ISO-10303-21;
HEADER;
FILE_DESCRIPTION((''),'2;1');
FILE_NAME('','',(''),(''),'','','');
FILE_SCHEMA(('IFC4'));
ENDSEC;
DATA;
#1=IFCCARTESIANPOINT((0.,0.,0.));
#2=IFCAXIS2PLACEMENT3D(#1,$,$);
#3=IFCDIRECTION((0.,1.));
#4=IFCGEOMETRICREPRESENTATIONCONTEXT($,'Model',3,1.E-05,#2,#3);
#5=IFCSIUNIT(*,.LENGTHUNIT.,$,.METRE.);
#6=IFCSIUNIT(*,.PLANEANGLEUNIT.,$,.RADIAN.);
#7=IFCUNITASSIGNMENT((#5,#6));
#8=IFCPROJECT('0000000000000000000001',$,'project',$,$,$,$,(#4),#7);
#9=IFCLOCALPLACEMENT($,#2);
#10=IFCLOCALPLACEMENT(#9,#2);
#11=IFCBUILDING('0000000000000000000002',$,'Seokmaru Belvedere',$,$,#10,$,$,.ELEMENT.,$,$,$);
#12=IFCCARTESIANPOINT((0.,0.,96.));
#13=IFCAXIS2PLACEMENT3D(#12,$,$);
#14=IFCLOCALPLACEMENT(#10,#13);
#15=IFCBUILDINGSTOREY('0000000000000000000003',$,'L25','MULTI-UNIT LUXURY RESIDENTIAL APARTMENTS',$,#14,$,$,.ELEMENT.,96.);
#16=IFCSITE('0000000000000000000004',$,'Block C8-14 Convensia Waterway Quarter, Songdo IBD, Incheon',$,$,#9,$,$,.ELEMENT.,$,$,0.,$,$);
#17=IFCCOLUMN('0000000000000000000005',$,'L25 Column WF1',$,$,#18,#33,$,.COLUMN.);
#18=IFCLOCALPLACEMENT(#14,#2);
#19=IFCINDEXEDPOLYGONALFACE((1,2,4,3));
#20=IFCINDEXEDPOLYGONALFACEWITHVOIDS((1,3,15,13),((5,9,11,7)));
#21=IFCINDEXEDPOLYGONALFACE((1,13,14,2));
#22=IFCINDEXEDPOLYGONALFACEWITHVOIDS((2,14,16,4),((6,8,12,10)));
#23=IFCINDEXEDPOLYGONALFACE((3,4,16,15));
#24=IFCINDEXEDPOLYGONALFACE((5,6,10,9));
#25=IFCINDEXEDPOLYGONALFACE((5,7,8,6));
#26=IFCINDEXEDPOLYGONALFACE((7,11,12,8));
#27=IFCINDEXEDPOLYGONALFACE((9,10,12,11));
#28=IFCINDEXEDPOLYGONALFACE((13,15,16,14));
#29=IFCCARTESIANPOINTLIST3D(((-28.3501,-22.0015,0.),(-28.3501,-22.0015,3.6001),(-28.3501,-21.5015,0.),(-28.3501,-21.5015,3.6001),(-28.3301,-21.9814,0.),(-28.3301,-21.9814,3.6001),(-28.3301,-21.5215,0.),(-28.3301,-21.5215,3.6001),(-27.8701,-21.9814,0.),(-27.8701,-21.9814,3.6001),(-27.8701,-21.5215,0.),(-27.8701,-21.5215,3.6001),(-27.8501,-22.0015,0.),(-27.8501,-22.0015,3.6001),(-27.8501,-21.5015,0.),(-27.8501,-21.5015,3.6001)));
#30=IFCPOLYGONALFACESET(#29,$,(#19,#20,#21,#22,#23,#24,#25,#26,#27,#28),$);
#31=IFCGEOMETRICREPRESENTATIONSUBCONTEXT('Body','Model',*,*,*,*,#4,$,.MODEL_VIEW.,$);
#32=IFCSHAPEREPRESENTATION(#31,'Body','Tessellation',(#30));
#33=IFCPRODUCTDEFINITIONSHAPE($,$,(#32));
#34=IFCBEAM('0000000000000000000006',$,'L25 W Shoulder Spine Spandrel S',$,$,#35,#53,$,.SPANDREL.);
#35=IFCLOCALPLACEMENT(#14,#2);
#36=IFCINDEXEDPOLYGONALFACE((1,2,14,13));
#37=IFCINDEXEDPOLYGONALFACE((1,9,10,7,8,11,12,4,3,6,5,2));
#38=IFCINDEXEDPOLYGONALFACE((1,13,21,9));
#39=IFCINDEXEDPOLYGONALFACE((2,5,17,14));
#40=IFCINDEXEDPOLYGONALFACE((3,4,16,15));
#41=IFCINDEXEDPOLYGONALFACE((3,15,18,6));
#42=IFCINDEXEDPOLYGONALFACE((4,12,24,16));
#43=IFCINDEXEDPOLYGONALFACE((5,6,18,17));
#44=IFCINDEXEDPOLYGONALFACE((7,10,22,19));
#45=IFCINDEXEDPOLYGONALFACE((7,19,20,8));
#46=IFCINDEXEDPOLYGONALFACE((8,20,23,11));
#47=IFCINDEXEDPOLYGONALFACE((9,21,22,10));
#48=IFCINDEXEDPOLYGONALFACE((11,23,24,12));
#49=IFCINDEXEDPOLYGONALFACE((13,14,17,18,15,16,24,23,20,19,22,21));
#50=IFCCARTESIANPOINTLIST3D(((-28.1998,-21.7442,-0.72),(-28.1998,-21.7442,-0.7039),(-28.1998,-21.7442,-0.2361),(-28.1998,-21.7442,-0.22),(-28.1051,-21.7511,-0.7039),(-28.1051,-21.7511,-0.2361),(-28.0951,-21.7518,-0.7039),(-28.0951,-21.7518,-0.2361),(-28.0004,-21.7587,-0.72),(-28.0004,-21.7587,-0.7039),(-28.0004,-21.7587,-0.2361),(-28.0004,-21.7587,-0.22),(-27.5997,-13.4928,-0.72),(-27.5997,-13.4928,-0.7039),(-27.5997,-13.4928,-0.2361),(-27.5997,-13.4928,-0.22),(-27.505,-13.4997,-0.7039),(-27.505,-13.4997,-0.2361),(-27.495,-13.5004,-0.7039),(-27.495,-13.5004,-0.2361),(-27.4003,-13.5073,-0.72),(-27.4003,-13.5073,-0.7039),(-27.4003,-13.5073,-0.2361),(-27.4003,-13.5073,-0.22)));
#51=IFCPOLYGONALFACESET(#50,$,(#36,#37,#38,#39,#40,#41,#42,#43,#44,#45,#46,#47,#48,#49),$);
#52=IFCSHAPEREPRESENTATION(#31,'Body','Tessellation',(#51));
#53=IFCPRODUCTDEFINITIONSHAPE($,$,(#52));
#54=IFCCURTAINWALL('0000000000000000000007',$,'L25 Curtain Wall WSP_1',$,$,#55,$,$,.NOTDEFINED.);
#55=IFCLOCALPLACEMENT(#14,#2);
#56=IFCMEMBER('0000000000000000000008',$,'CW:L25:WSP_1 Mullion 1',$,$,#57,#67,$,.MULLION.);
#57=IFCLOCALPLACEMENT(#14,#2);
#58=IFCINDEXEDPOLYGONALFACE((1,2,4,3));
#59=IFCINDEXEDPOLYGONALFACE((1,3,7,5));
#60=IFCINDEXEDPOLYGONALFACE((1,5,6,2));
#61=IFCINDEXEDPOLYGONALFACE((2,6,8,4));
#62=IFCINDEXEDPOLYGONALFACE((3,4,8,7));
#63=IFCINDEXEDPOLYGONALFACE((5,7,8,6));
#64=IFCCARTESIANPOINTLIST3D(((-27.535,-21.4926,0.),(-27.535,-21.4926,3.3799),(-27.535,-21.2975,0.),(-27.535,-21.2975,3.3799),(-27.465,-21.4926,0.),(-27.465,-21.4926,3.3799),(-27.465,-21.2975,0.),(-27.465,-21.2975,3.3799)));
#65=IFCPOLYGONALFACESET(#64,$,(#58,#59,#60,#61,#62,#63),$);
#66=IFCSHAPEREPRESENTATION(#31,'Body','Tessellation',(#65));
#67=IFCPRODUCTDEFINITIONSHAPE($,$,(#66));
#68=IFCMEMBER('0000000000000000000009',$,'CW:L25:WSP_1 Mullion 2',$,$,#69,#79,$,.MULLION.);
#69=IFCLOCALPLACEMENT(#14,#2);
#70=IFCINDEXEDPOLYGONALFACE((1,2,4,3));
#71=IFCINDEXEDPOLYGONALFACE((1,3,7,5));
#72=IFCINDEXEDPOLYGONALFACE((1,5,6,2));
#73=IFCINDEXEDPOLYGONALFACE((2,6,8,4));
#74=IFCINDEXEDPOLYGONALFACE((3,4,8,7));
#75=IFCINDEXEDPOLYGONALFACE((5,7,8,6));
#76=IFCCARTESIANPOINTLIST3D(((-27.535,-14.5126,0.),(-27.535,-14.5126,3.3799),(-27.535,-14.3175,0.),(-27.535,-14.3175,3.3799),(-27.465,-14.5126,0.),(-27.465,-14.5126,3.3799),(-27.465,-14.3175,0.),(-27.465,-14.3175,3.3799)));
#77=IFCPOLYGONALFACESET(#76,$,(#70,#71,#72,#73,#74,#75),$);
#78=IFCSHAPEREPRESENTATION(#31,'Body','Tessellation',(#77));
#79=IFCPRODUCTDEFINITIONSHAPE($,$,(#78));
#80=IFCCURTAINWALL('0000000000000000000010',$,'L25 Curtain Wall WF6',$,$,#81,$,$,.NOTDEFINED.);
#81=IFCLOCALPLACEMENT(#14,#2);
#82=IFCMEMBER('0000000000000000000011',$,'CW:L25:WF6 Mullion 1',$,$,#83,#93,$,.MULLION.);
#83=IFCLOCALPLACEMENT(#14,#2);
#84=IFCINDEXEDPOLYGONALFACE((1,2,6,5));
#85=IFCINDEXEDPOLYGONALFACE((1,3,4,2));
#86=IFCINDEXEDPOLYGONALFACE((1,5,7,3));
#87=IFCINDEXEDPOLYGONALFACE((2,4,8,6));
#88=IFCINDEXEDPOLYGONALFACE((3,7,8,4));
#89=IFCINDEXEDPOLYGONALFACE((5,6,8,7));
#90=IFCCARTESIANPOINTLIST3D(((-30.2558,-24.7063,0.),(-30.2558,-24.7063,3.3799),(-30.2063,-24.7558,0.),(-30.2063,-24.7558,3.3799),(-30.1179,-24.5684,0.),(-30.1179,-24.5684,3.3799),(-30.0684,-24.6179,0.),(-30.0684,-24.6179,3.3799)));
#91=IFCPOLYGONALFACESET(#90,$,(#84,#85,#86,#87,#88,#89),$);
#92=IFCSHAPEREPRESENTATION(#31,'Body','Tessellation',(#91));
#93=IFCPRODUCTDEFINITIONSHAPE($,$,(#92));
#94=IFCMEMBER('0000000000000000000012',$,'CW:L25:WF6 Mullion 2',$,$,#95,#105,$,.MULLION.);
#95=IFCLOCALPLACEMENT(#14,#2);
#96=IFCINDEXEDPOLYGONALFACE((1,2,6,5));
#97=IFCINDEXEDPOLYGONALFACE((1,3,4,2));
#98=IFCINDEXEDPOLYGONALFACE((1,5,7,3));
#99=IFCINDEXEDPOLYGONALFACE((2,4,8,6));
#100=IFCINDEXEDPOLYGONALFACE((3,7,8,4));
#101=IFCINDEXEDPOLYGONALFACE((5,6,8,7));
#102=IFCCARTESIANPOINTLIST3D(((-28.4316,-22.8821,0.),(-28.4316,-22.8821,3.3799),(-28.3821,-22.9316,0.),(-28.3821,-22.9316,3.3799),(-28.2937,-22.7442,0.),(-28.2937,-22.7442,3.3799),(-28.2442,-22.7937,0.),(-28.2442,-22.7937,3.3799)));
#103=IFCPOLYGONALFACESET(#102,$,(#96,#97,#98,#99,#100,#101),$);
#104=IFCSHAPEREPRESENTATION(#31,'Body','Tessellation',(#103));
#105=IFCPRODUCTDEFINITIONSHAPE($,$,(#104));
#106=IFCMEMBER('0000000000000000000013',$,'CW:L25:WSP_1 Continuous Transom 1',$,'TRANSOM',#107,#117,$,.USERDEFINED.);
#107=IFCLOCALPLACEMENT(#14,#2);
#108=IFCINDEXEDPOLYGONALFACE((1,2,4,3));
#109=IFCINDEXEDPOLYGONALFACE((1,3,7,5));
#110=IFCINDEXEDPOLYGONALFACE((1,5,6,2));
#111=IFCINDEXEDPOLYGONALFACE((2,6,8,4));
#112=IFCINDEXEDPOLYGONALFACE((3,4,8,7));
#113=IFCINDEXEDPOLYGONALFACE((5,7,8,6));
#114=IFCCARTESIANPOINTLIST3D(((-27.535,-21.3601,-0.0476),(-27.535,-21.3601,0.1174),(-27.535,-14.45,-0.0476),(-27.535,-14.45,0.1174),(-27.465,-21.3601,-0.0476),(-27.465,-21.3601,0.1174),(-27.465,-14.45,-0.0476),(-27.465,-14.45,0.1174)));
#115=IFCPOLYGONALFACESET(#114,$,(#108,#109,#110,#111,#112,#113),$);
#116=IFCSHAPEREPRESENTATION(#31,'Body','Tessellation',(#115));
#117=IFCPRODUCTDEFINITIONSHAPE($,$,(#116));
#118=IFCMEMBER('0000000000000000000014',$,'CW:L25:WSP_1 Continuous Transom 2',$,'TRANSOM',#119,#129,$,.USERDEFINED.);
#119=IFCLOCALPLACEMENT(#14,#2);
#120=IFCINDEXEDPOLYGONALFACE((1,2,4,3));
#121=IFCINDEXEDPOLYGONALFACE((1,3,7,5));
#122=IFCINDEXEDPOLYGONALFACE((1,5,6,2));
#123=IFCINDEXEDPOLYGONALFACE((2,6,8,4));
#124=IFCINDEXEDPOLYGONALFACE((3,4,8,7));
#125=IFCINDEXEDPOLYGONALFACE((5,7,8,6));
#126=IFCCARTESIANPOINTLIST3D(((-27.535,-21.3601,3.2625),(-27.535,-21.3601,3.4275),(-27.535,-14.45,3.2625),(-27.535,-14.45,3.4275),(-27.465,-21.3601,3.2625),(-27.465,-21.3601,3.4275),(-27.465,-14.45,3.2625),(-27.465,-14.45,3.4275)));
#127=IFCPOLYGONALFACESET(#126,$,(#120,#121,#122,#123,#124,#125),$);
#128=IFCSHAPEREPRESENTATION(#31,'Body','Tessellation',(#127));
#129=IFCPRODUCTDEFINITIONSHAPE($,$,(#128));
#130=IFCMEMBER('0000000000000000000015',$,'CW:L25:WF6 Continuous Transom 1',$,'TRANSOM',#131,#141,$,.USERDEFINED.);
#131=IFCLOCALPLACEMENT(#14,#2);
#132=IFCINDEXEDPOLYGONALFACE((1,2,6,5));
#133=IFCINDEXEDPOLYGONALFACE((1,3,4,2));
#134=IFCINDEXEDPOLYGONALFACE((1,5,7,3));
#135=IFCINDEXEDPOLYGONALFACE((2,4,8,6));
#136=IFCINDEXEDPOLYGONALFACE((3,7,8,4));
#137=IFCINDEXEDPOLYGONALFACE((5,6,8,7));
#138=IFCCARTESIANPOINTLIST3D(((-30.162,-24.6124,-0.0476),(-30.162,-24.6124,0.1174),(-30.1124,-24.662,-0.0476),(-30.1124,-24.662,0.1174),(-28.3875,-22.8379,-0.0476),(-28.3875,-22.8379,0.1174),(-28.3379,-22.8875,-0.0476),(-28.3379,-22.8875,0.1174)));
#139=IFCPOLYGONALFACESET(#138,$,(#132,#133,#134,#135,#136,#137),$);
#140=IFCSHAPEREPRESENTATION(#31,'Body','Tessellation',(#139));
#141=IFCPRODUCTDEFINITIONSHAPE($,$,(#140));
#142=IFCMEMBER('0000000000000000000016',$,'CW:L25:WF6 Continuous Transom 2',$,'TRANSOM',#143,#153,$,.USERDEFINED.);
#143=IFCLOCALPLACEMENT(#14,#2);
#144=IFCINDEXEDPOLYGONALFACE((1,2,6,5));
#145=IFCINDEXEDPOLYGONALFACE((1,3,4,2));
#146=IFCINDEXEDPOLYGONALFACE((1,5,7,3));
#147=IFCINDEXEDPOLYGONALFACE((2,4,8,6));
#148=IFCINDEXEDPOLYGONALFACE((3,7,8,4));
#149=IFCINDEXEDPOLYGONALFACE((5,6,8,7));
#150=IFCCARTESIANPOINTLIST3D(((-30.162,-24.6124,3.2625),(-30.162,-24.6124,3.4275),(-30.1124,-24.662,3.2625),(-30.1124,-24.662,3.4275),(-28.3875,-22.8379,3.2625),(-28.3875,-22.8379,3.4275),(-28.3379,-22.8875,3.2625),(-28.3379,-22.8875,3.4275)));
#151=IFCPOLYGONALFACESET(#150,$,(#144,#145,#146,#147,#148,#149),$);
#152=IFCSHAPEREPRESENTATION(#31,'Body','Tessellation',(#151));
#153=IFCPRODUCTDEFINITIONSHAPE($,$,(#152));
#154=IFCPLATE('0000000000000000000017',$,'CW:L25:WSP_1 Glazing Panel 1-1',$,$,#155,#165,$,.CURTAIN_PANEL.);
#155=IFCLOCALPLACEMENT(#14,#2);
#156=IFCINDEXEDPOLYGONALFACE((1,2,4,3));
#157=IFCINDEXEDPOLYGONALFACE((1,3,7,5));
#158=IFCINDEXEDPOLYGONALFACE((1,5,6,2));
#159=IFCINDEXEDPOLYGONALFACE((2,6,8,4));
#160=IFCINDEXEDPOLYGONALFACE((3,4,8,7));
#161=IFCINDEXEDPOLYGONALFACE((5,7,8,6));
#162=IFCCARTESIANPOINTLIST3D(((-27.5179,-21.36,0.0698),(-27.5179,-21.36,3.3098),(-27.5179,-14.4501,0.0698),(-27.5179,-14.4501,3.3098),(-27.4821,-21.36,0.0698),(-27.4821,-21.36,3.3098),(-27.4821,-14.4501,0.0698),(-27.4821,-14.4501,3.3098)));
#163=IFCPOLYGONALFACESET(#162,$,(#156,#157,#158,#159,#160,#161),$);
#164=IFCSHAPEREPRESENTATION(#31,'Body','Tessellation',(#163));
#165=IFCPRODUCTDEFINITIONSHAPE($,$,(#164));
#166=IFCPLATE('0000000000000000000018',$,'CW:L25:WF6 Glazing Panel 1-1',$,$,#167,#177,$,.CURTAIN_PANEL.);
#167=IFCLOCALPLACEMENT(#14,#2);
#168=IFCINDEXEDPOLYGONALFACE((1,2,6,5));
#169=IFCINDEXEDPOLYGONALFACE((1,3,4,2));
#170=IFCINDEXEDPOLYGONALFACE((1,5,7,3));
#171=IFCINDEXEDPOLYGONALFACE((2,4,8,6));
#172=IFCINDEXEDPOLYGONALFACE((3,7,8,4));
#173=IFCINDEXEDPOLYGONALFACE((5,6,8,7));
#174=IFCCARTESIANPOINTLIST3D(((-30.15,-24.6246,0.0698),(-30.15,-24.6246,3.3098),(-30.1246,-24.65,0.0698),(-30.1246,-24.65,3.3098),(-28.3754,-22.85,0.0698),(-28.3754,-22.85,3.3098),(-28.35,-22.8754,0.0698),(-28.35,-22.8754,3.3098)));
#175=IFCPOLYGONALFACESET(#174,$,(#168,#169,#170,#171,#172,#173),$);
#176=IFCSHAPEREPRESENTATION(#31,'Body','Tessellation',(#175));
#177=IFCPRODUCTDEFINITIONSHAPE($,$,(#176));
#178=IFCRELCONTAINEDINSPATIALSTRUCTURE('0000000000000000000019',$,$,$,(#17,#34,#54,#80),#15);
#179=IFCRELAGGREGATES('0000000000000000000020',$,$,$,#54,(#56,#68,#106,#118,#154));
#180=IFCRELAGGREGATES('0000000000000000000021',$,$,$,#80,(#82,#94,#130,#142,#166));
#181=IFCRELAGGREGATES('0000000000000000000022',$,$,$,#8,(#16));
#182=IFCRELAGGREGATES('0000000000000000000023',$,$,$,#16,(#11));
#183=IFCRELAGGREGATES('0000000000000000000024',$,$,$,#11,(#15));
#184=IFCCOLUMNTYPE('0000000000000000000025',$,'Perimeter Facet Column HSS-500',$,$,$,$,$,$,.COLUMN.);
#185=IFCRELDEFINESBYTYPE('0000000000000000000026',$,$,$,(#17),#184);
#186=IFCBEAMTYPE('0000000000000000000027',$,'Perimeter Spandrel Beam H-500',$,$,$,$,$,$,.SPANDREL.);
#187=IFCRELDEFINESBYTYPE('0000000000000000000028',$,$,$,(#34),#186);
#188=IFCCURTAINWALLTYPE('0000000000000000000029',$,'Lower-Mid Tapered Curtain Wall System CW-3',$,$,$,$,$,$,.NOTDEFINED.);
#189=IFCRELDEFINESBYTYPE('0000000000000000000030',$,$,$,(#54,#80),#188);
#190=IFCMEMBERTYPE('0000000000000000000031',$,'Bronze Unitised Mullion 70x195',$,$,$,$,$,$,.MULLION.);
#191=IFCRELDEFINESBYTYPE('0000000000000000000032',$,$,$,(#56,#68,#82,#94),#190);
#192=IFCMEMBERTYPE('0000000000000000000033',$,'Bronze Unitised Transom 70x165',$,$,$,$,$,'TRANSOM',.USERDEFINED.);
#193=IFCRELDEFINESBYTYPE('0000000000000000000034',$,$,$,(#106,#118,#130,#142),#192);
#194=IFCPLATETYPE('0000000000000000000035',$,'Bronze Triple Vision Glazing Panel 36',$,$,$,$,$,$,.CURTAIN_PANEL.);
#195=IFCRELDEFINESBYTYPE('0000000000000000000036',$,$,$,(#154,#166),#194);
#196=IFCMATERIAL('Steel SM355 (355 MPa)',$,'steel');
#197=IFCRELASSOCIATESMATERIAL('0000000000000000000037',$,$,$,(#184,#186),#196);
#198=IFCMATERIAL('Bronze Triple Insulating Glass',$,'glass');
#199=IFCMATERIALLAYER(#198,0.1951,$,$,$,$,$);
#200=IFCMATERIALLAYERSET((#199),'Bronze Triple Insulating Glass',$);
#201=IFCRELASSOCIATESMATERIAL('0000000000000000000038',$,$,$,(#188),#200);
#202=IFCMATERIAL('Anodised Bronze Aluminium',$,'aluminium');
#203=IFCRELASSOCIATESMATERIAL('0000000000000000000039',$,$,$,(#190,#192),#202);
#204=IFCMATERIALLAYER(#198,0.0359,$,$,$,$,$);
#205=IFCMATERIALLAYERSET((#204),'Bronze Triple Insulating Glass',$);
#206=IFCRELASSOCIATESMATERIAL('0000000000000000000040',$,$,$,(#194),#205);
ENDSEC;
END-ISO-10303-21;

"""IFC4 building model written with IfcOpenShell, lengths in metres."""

from ifc_helpers import new_model, si_unit, direction, frame, origin, origin_2d, place, context, subcontext, project, spatial, rectangle, hollow_rectangle, i_section, extrude, source, transform, mapped, material, layer, layer_set, material_profile, profile_set, type_object, type_shapes, element, aggregate, save


model = new_model("IFC4")

# Units and contexts
model_context = context("Model", 3, precision=1e-05, world=origin(), true_north=direction((0.0, 1.0)))
body_context = subcontext(model_context, "Body", "Model", "MODEL_VIEW")
ifc_project = project(units=[si_unit("LENGTHUNIT", "METRE"), si_unit("PLANEANGLEUNIT", "RADIAN")], contexts=[model_context])

# Site, building, storey
site_placement = place(None, origin())
site = spatial("IfcSite", under=ifc_project, at=site_placement, Name="Block C8-14 Convensia Waterway Quarter, Songdo IBD, Incheon", CompositionType="ELEMENT", RefElevation=0.0)
building_placement = place(site_placement, origin())
building = spatial("IfcBuilding", under=site, at=building_placement, Name="Seokmaru Belvedere", CompositionType="ELEMENT")
storey_placement = place(building_placement, frame((0.0, 0.0, 96.0)))
storey = spatial("IfcBuildingStorey", under=building, at=storey_placement, Name="L25", Description="MULTI-UNIT LUXURY RESIDENTIAL APARTMENTS", CompositionType="ELEMENT", Elevation=96.0)

# Column
ifc_material_1 = material(Name="Steel SM355 (355 MPa)", Category="steel")
ifc_material_profile_1 = material_profile(ifc_material_1, hollow_rectangle(XDim=0.5, YDim=0.5, WallThickness=0.02, at=origin_2d()), Name="HSS-500x500x20")
ifc_profile_set_1 = profile_set([ifc_material_profile_1], Name="Steel SM355 (355 MPa)")
column_type = type_object("IfcColumnType", Name="Perimeter Facet Column HSS-500", PredefinedType="COLUMN", material=ifc_profile_set_1)
shared_shape_1 = source(origin(), body_context, "Body", "SweptSolid", [
    extrude(hollow_rectangle(XDim=0.5, YDim=0.5, WallThickness=0.02, at=origin_2d()), origin(), (0.0, 0.0, 1.0), 3.6001),
])
type_shapes(column_type, [shared_shape_1])
column_placement = place(storey_placement, frame((-28.1001, -21.7515, 0.0), z_axis=(0.0, 0.0, 1.0), x_axis=(1.0, 0.0, 0.0)))
element("IfcColumn", 1, at=column_placement, inside=storey, type_object=column_type, Name="L25 Column WF1", PredefinedType="COLUMN", context=body_context, shape_type="MappedRepresentation", body=[
    mapped(shared_shape_1, transform((0.0, 0.0, 0.0), scale=1.0)),
])

# Beam
ifc_material_profile_2 = material_profile(ifc_material_1, i_section(OverallWidth=0.2, OverallDepth=0.5, WebThickness=0.01, FlangeThickness=0.0161, at=origin_2d()), Name="H-500x200x10x16")
ifc_profile_set_2 = profile_set([ifc_material_profile_2], Name="Steel SM355 (355 MPa)")
beam_type = type_object("IfcBeamType", Name="Perimeter Spandrel Beam H-500", PredefinedType="SPANDREL", material=ifc_profile_set_2)
shared_shape_2 = source(origin(), body_context, "Body", "SweptSolid", [
    extrude(i_section(OverallWidth=0.2, OverallDepth=0.5, WebThickness=0.01, FlangeThickness=0.0161, at=origin_2d()), origin(), (0.0, 0.0, 1.0), 8.2732),
])
type_shapes(beam_type, [shared_shape_2])
beam_placement = place(storey_placement, frame((-28.1001, -21.7515, -0.47), z_axis=(0.072535, 0.997366, 0.0), x_axis=(-0.997366, 0.072535, 0.0)))
element("IfcBeam", 2, at=beam_placement, inside=storey, type_object=beam_type, Name="L25 W Shoulder Spine Spandrel S", PredefinedType="SPANDREL", context=body_context, shape_type="MappedRepresentation", body=[
    mapped(shared_shape_2, transform((0.0, 0.0, 0.0), scale=1.0)),
])

# Curtain walls, members
ifc_material_2 = material(Name="Bronze Triple Insulating Glass", Category="glass")
ifc_layer_1 = layer(ifc_material_2, 0.1951)
ifc_layer_set_1 = layer_set([ifc_layer_1], Name="Bronze Triple Insulating Glass")
curtain_wall_type = type_object("IfcCurtainWallType", Name="Lower-Mid Tapered Curtain Wall System CW-3", PredefinedType="NOTDEFINED", material=ifc_layer_set_1)
curtain_wall_1_placement = place(storey_placement, origin())
curtain_wall_1 = element("IfcCurtainWall", 3, at=curtain_wall_1_placement, inside=storey, type_object=curtain_wall_type, Name="L25 Curtain Wall WSP_1", PredefinedType="NOTDEFINED")
ifc_material_3 = material(Name="Anodised Bronze Aluminium", Category="aluminium")
ifc_material_profile_3 = material_profile(ifc_material_3, rectangle(XDim=0.0701, YDim=0.1951, at=origin_2d()), Name="CW-M-70x195")
ifc_profile_set_3 = profile_set([ifc_material_profile_3], Name="Anodised Bronze Aluminium")
member_type_1 = type_object("IfcMemberType", Name="Bronze Unitised Mullion 70x195", PredefinedType="MULLION", material=ifc_profile_set_3)
shared_shape_3 = source(origin(), body_context, "Body", "SweptSolid", [
    extrude(rectangle(XDim=0.0701, YDim=0.1951, at=origin_2d()), origin(), (0.0, 0.0, 1.0), 3.3799),
])
type_shapes(member_type_1, [shared_shape_3])
member_1_placement = place(storey_placement, frame((-27.5, -21.395, 0.0), z_axis=(0.0, 0.0, 1.0), x_axis=(-1.0, 0.0, 0.0)))
member_1 = element("IfcMember", 4, at=member_1_placement, type_object=member_type_1, Name="CW:L25:WSP_1 Mullion 1", PredefinedType="MULLION", context=body_context, shape_type="MappedRepresentation", body=[
    mapped(shared_shape_3, transform((0.0, 0.0, 0.0), scale=1.0)),
])
member_2_placement = place(storey_placement, frame((-27.5, -14.415, 0.0), z_axis=(0.0, 0.0, 1.0), x_axis=(-1.0, 0.0, 0.0)))
member_2 = element("IfcMember", 5, at=member_2_placement, type_object=member_type_1, Name="CW:L25:WSP_1 Mullion 2", PredefinedType="MULLION", context=body_context, shape_type="MappedRepresentation", body=[
    mapped(shared_shape_3, transform((0.0, 0.0, 0.0), scale=1.0)),
])
curtain_wall_2_placement = place(storey_placement, origin())
curtain_wall_2 = element("IfcCurtainWall", 6, at=curtain_wall_2_placement, inside=storey, type_object=curtain_wall_type, Name="L25 Curtain Wall WF6", PredefinedType="NOTDEFINED")
member_3_placement = place(storey_placement, frame((-30.1621, -24.6621, 0.0), z_axis=(0.0, 0.0, 1.0), x_axis=(-0.707107, 0.707107, 0.0)))
member_3 = element("IfcMember", 7, at=member_3_placement, type_object=member_type_1, Name="CW:L25:WF6 Mullion 1", PredefinedType="MULLION", context=body_context, shape_type="MappedRepresentation", body=[
    mapped(shared_shape_3, transform((0.0, 0.0, 0.0), scale=1.0)),
])
member_4_placement = place(storey_placement, frame((-28.3379, -22.8379, 0.0), z_axis=(0.0, 0.0, 1.0), x_axis=(-0.707107, 0.707107, 0.0)))
member_4 = element("IfcMember", 8, at=member_4_placement, type_object=member_type_1, Name="CW:L25:WF6 Mullion 2", PredefinedType="MULLION", context=body_context, shape_type="MappedRepresentation", body=[
    mapped(shared_shape_3, transform((0.0, 0.0, 0.0), scale=1.0)),
])

# Members
ifc_material_profile_4 = material_profile(ifc_material_3, rectangle(XDim=0.0701, YDim=0.165, at=origin_2d()), Name="CW-T-70x165")
ifc_profile_set_4 = profile_set([ifc_material_profile_4], Name="Anodised Bronze Aluminium")
member_type_2 = type_object("IfcMemberType", Name="Bronze Unitised Transom 70x165", ElementType="TRANSOM", PredefinedType="USERDEFINED", material=ifc_profile_set_4)
shared_shape_4 = source(origin(), body_context, "Body", "SweptSolid", [
    extrude(rectangle(XDim=0.0701, YDim=0.165, at=origin_2d()), origin(), (0.0, 0.0, 1.0), 6.9102),
])
member_5_placement = place(storey_placement, frame((-27.5, -21.3601, 0.0349), z_axis=(0.0, 1.0, 0.0), x_axis=(-1.0, 0.0, 0.0)))
member_5 = element("IfcMember", 9, at=member_5_placement, type_object=member_type_2, Name="CW:L25:WSP_1 Continuous Transom 1", ObjectType="TRANSOM", PredefinedType="USERDEFINED", context=body_context, shape_type="MappedRepresentation", body=[
    mapped(shared_shape_4, transform((0.0, 0.0, 0.0), scale=1.0)),
])
member_6_placement = place(storey_placement, frame((-27.5, -21.3601, 3.345), z_axis=(0.0, 1.0, 0.0), x_axis=(-1.0, 0.0, 0.0)))
member_6 = element("IfcMember", 10, at=member_6_placement, type_object=member_type_2, Name="CW:L25:WSP_1 Continuous Transom 2", ObjectType="TRANSOM", PredefinedType="USERDEFINED", context=body_context, shape_type="MappedRepresentation", body=[
    mapped(shared_shape_4, transform((0.0, 0.0, 0.0), scale=1.0)),
])
shared_shape_5 = source(origin(), body_context, "Body", "SweptSolid", [
    extrude(rectangle(XDim=0.0701, YDim=0.165, at=origin_2d()), origin(), (0.0, 0.0, 1.0), 2.5095),
])
type_shapes(member_type_2, [shared_shape_4, shared_shape_5])
member_7_placement = place(storey_placement, frame((-30.1372, -24.6372, 0.0349), z_axis=(0.707107, 0.707107, 0.0), x_axis=(-0.707107, 0.707107, 0.0)))
member_7 = element("IfcMember", 11, at=member_7_placement, type_object=member_type_2, Name="CW:L25:WF6 Continuous Transom 1", ObjectType="TRANSOM", PredefinedType="USERDEFINED", context=body_context, shape_type="MappedRepresentation", body=[
    mapped(shared_shape_5, transform((0.0, 0.0, 0.0), scale=1.0)),
])
member_8_placement = place(storey_placement, frame((-30.1372, -24.6372, 3.345), z_axis=(0.707107, 0.707107, 0.0), x_axis=(-0.707107, 0.707107, 0.0)))
member_8 = element("IfcMember", 12, at=member_8_placement, type_object=member_type_2, Name="CW:L25:WF6 Continuous Transom 2", ObjectType="TRANSOM", PredefinedType="USERDEFINED", context=body_context, shape_type="MappedRepresentation", body=[
    mapped(shared_shape_5, transform((0.0, 0.0, 0.0), scale=1.0)),
])

# Plates
ifc_layer_2 = layer(ifc_material_2, 0.0359)
ifc_layer_set_2 = layer_set([ifc_layer_2], Name="Bronze Triple Insulating Glass")
plate_type = type_object("IfcPlateType", Name="Bronze Triple Vision Glazing Panel 36", PredefinedType="CURTAIN_PANEL", material=ifc_layer_set_2)
shared_shape_6 = source(origin(), body_context, "Body", "SweptSolid", [
    extrude(rectangle(XDim=6.9099, YDim=0.0359, at=origin_2d()), origin(), (0.0, 0.0, 1.0), 3.24),
])
plate_1_placement = place(storey_placement, frame((-27.5, -17.905, 0.0698), z_axis=(0.0, 0.0, 1.0), x_axis=(0.0, 1.0, 0.0)))
plate_1 = element("IfcPlate", 13, at=plate_1_placement, type_object=plate_type, Name="CW:L25:WSP_1 Glazing Panel 1-1", PredefinedType="CURTAIN_PANEL", context=body_context, shape_type="MappedRepresentation", body=[
    mapped(shared_shape_6, transform((0.0, 0.0, 0.0), scale=1.0)),
])
aggregate(curtain_wall_1, [member_1, member_2, member_5, member_6, plate_1])
shared_shape_7 = source(origin(), body_context, "Body", "SweptSolid", [
    extrude(rectangle(XDim=2.5098, YDim=0.0359, at=origin_2d()), origin(), (0.0, 0.0, 1.0), 3.24),
])
type_shapes(plate_type, [shared_shape_6, shared_shape_7])
plate_2_placement = place(storey_placement, frame((-29.25, -23.75, 0.0698), z_axis=(0.0, 0.0, 1.0), x_axis=(0.707107, 0.707107, 0.0)))
plate_2 = element("IfcPlate", 14, at=plate_2_placement, type_object=plate_type, Name="CW:L25:WF6 Glazing Panel 1-1", PredefinedType="CURTAIN_PANEL", context=body_context, shape_type="MappedRepresentation", body=[
    mapped(shared_shape_7, transform((0.0, 0.0, 0.0), scale=1.0)),
])
aggregate(curtain_wall_2, [member_3, member_4, member_7, member_8, plate_2])

save(model, "model.ifc")
